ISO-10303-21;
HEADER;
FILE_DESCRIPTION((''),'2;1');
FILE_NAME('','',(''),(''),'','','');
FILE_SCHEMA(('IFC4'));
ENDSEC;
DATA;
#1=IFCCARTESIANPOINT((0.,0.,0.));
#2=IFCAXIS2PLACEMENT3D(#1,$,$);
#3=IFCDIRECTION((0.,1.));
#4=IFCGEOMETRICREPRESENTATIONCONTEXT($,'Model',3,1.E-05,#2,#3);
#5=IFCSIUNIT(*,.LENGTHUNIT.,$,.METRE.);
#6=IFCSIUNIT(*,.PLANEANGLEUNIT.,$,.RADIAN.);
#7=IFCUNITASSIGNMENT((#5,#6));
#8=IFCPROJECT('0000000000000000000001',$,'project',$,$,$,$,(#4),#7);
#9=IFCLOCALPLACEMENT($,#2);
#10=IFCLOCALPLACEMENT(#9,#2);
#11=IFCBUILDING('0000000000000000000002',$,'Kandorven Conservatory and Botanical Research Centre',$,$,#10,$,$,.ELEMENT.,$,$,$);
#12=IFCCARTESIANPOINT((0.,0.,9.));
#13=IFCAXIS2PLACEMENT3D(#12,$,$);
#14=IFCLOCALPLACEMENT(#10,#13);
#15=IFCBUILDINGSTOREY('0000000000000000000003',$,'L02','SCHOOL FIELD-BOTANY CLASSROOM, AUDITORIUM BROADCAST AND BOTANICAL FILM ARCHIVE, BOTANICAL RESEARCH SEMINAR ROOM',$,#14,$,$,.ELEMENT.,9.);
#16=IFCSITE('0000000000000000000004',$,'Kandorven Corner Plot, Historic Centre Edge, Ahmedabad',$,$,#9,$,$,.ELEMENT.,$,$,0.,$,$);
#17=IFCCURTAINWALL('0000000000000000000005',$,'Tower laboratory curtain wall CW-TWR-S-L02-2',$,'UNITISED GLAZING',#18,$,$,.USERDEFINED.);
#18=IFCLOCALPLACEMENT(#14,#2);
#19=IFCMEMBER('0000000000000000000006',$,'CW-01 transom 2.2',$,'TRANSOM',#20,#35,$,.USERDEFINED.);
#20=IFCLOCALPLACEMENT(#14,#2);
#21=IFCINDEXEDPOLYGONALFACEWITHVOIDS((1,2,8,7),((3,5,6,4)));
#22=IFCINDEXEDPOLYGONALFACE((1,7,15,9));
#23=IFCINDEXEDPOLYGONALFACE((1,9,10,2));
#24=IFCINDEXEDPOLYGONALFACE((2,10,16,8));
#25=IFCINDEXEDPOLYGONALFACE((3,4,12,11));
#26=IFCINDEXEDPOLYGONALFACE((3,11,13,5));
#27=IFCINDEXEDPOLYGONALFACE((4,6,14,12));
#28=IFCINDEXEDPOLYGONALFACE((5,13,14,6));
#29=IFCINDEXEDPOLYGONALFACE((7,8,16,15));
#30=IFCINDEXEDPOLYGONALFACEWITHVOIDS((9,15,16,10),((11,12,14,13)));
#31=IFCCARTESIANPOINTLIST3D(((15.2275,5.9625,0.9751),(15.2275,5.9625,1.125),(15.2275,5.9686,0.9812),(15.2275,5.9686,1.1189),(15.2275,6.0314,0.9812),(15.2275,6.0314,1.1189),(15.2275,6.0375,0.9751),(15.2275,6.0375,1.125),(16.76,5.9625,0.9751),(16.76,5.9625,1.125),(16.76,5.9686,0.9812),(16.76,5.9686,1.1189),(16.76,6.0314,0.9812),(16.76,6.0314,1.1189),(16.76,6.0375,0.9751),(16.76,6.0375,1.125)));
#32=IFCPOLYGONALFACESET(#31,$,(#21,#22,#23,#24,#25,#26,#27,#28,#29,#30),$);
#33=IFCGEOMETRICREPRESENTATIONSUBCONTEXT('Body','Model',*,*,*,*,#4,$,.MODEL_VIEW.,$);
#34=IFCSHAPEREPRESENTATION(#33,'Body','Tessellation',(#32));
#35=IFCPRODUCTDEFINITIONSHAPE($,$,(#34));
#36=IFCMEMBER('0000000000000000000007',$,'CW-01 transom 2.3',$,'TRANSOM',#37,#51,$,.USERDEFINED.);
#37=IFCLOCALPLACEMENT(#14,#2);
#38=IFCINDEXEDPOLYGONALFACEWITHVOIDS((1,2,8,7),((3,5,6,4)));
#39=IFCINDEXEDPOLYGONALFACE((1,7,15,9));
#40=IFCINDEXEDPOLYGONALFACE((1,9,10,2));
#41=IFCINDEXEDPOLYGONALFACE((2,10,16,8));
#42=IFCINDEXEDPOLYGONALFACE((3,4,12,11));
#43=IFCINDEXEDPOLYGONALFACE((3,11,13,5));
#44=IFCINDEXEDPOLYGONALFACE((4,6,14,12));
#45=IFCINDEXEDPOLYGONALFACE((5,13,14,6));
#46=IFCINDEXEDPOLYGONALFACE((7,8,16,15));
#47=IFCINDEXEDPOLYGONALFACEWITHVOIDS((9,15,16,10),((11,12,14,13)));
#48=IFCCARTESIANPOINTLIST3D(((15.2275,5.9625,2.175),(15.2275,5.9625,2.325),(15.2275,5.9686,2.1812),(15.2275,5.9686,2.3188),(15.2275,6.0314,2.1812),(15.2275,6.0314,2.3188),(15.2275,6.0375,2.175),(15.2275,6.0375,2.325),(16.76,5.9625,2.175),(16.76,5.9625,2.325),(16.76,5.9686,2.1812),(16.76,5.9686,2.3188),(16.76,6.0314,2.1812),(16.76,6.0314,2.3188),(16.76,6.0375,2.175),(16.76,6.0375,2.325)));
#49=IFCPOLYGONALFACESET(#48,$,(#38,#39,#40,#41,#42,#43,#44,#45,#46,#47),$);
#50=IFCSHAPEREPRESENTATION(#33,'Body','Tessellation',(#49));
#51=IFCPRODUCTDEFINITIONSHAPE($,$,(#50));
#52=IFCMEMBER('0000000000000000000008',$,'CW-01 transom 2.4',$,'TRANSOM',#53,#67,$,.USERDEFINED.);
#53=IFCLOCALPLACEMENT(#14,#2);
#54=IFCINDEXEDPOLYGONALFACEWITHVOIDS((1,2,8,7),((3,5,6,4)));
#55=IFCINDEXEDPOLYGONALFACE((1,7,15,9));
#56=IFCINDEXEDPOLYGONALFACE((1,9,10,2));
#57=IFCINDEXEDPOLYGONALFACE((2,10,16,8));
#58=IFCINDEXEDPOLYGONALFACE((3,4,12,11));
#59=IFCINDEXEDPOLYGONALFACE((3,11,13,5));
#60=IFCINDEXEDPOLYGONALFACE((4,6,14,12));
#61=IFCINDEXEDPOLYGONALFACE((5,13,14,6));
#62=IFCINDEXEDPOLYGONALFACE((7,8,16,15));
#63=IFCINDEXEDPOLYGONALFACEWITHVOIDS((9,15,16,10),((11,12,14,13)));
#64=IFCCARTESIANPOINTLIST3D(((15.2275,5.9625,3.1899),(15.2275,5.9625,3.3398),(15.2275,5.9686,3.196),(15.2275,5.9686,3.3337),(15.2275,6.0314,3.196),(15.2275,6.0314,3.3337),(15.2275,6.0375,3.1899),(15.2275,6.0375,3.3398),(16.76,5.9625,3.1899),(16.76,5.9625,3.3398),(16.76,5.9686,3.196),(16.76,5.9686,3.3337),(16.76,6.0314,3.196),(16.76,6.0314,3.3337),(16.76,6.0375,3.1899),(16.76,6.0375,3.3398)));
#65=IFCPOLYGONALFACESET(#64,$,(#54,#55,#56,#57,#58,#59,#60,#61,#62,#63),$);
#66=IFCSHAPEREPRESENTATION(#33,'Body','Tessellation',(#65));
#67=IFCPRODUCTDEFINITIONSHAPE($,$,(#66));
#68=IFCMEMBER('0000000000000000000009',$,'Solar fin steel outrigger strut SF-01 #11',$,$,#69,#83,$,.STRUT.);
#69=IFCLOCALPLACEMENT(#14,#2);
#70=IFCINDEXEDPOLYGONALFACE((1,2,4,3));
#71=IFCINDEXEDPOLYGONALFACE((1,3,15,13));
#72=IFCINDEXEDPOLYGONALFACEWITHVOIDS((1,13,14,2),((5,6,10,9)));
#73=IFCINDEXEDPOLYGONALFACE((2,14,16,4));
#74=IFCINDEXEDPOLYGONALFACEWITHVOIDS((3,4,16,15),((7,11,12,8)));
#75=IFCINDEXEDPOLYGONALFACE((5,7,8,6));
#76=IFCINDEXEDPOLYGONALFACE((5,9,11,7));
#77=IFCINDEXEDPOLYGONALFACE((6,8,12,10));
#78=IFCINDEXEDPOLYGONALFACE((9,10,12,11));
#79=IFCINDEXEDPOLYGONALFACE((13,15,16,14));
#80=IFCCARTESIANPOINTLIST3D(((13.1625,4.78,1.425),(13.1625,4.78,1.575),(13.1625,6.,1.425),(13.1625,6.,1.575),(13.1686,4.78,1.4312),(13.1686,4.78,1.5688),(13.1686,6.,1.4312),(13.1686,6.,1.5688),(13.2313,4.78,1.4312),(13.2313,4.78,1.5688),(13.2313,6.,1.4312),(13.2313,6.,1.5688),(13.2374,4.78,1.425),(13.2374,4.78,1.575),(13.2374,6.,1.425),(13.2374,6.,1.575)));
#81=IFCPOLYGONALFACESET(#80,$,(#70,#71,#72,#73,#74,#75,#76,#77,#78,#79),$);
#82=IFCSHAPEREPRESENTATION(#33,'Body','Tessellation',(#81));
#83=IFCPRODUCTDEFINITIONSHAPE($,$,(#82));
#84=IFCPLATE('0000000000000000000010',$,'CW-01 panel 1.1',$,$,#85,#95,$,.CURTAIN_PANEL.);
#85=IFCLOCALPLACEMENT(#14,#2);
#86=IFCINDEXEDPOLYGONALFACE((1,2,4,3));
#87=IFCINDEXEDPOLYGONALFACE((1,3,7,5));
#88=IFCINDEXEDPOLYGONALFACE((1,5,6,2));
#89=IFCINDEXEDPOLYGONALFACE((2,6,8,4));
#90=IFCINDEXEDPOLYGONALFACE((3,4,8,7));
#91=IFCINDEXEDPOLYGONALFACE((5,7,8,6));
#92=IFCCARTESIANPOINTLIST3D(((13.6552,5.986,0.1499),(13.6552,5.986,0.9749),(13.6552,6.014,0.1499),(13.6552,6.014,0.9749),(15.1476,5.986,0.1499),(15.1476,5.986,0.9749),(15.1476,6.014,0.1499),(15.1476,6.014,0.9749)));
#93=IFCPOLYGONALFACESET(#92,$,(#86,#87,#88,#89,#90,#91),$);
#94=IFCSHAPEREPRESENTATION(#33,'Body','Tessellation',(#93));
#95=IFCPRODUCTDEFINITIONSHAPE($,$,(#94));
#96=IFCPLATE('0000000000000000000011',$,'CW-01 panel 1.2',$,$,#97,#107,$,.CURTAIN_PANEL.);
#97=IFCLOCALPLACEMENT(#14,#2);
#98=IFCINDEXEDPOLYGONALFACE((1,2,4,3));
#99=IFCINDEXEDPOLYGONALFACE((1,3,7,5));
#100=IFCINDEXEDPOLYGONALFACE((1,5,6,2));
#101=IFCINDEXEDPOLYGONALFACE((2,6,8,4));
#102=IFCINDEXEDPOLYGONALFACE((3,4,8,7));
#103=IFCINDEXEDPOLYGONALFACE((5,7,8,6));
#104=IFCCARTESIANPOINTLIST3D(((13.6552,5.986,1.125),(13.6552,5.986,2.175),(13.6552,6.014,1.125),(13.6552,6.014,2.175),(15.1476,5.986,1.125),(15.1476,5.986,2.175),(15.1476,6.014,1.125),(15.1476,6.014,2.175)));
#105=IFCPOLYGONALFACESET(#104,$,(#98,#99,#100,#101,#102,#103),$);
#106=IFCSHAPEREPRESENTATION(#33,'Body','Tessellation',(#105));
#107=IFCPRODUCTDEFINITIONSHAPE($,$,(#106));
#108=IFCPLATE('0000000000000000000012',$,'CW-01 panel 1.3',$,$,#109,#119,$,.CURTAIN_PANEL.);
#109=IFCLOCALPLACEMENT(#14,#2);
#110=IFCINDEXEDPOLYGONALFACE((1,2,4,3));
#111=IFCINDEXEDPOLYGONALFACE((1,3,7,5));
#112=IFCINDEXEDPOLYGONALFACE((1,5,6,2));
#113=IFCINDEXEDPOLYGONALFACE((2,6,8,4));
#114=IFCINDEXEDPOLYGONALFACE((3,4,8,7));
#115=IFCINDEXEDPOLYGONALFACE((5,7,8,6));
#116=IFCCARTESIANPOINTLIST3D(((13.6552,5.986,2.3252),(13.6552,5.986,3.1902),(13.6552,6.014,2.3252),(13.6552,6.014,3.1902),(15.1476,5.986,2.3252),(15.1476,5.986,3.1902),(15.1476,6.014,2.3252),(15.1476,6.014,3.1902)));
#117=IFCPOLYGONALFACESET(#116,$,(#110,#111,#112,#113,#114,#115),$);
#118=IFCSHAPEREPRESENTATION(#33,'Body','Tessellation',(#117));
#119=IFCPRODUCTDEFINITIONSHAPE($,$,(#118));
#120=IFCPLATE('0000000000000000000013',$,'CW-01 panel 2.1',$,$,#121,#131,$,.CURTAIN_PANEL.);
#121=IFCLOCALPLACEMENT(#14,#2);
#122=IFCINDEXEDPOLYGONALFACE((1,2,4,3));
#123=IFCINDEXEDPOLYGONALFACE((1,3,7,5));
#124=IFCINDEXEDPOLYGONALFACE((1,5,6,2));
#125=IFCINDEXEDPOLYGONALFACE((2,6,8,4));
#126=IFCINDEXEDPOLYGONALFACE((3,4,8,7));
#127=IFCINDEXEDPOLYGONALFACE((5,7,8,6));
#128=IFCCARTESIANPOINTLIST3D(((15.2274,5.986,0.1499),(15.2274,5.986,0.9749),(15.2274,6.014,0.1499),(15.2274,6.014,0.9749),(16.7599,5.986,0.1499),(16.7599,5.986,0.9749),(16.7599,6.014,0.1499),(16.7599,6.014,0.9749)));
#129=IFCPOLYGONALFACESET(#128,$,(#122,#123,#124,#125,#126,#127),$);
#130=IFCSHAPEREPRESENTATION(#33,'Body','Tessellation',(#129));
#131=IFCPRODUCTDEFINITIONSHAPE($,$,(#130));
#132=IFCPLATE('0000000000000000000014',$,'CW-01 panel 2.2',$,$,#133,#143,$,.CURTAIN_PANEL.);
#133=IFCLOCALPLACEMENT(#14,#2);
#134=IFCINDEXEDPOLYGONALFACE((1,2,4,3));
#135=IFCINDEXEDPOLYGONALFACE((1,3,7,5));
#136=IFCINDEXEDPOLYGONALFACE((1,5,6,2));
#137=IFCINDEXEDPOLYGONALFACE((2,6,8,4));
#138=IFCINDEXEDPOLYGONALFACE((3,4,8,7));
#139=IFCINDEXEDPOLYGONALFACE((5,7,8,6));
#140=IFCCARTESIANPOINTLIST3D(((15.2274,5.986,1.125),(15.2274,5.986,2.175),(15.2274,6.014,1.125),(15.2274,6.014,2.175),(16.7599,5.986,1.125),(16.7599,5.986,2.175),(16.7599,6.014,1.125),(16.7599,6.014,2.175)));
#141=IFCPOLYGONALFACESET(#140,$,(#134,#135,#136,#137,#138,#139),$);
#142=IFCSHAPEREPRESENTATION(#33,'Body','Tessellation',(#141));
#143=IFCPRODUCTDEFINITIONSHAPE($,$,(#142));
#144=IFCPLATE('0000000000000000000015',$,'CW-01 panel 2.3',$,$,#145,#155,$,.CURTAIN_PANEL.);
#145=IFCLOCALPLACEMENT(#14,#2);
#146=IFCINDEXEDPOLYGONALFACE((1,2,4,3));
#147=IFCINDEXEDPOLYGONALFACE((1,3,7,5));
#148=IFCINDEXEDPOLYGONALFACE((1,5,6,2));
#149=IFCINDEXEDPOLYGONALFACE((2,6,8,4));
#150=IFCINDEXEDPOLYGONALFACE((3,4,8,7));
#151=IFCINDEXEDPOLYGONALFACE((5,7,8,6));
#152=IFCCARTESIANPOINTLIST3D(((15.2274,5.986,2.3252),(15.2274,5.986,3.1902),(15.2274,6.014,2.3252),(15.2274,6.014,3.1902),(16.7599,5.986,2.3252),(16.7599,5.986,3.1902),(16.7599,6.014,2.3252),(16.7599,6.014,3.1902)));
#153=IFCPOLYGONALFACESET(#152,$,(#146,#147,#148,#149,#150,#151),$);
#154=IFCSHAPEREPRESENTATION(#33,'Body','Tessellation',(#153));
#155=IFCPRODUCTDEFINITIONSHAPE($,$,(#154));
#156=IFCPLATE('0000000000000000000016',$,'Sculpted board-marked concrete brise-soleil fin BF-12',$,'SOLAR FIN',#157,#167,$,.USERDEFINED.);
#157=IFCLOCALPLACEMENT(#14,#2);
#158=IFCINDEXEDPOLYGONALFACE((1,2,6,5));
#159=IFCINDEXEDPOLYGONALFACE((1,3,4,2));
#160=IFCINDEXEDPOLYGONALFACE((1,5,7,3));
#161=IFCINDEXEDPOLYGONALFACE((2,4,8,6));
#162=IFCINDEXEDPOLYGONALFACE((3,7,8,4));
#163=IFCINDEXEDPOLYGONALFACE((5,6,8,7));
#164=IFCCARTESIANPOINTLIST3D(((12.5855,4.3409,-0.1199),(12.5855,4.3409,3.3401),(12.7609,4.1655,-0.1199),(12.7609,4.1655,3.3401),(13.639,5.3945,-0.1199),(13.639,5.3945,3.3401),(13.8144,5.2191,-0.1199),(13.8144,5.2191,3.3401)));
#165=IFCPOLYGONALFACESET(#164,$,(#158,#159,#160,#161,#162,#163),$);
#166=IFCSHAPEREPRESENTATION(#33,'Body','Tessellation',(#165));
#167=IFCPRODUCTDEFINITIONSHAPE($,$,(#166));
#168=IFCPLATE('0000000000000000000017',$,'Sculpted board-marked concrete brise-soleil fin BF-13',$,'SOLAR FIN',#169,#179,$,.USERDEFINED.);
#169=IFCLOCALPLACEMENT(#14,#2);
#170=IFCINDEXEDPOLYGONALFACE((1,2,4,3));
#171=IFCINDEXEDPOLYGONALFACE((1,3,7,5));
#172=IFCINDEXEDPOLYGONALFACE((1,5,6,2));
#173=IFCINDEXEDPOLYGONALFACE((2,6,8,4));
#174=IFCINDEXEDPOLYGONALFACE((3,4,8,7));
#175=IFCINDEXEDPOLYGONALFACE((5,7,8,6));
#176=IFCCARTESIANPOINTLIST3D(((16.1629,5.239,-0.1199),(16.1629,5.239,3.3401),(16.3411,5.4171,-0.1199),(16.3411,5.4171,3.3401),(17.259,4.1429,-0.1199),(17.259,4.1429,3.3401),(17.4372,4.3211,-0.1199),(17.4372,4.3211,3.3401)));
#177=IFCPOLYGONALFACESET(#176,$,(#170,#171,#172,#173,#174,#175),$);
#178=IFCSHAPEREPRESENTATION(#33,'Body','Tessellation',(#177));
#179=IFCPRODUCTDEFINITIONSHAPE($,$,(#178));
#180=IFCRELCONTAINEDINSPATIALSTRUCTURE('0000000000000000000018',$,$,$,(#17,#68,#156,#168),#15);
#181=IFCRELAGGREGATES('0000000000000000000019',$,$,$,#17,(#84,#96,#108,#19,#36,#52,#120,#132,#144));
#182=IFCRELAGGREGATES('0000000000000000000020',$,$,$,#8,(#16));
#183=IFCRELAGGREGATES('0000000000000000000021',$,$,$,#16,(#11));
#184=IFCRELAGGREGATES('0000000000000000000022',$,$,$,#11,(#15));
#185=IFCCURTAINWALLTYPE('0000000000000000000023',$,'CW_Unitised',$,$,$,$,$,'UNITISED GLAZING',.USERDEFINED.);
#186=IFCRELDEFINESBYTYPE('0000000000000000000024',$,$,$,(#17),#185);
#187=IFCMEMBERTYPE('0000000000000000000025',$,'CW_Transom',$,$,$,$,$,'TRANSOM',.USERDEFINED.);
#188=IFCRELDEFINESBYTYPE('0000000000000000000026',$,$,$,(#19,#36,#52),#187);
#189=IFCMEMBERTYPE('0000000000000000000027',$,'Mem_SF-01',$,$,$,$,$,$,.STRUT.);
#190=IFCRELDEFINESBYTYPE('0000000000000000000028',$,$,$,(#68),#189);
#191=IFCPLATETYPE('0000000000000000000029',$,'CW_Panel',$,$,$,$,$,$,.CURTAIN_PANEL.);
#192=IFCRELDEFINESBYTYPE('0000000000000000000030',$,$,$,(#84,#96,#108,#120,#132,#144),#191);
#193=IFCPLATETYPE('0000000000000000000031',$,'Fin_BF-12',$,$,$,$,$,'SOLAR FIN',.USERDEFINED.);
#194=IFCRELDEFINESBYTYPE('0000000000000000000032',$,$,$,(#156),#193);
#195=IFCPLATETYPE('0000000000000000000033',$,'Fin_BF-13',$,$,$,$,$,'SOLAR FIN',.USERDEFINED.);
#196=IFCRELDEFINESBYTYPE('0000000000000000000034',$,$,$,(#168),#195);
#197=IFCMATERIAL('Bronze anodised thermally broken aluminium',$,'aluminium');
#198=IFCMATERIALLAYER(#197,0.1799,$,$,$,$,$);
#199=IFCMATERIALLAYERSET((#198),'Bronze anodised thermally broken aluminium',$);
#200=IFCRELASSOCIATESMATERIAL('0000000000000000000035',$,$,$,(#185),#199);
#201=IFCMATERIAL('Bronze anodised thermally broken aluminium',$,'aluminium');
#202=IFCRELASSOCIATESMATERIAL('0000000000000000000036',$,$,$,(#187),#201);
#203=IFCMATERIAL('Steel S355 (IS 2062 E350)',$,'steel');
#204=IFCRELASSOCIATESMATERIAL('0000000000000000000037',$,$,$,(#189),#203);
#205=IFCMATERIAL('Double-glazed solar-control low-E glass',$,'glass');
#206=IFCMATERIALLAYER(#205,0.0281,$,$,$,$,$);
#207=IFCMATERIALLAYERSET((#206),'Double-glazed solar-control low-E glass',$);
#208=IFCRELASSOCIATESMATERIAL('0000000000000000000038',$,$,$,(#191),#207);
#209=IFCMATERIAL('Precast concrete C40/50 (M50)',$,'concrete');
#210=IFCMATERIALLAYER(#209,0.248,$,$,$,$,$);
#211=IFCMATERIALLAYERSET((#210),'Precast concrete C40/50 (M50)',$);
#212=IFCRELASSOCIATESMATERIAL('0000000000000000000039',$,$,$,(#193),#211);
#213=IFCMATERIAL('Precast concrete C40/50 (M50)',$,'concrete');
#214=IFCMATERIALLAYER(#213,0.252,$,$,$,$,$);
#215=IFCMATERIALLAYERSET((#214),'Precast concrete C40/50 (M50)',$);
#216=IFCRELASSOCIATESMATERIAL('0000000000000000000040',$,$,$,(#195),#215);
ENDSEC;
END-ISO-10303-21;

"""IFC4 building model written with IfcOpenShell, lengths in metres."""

from ifc_helpers import new_model, si_unit, direction, frame, origin, origin_2d, place, context, subcontext, project, spatial, rectangle, hollow_rectangle, extrude, material, layer, layer_set, material_profile, profile_set, type_object, element, aggregate, save


model = new_model("IFC4")

# Units and contexts
model_context = context("Model", 3, precision=1e-05, world=origin(), true_north=direction((0.0, 1.0)))
body_context = subcontext(model_context, "Body", "Model", "MODEL_VIEW")
ifc_project = project(units=[si_unit("LENGTHUNIT", "METRE"), si_unit("PLANEANGLEUNIT", "RADIAN")], contexts=[model_context])

# Site, building, storey
site_placement = place(None, origin())
site = spatial("IfcSite", under=ifc_project, at=site_placement, Name="Kandorven Corner Plot, Historic Centre Edge, Ahmedabad", CompositionType="ELEMENT", RefElevation=0.0)
building_placement = place(site_placement, origin())
building = spatial("IfcBuilding", under=site, at=building_placement, Name="Kandorven Conservatory and Botanical Research Centre", CompositionType="ELEMENT")
storey_placement = place(building_placement, frame((0.0, 0.0, 9.0)))
storey = spatial("IfcBuildingStorey", under=building, at=storey_placement, Name="L02", Description="SCHOOL FIELD-BOTANY CLASSROOM, AUDITORIUM BROADCAST AND BOTANICAL FILM ARCHIVE, BOTANICAL RESEARCH SEMINAR ROOM", CompositionType="ELEMENT", Elevation=9.0)

# Curtain wall, members
ifc_material_1 = material(Name="Bronze anodised thermally broken aluminium", Category="aluminium")
ifc_layer_1 = layer(ifc_material_1, 0.1799)
ifc_layer_set_1 = layer_set([ifc_layer_1], Name="Bronze anodised thermally broken aluminium")
curtain_wall_type = type_object("IfcCurtainWallType", Name="CW_Unitised", ElementType="UNITISED GLAZING", PredefinedType="USERDEFINED", material=ifc_layer_set_1)
curtain_wall_placement = place(storey_placement, origin())
curtain_wall = element("IfcCurtainWall", 1, at=curtain_wall_placement, inside=storey, type_object=curtain_wall_type, Name="Tower laboratory curtain wall CW-TWR-S-L02-2", ObjectType="UNITISED GLAZING", PredefinedType="USERDEFINED")
ifc_material_2 = material(Name="Bronze anodised thermally broken aluminium", Category="aluminium")
ifc_material_profile_1 = material_profile(ifc_material_2, hollow_rectangle(XDim=0.075, YDim=0.1499, WallThickness=0.0061, at=origin_2d()))
ifc_profile_set_1 = profile_set([ifc_material_profile_1], Name="Bronze anodised thermally broken aluminium")
member_type_1 = type_object("IfcMemberType", Name="CW_Transom", ElementType="TRANSOM", PredefinedType="USERDEFINED", material=ifc_profile_set_1)
member_1_placement = place(storey_placement, frame((15.2275, 6.0, 1.05), z_axis=(1.0, 0.0, 0.0), x_axis=(0.0, 1.0, 0.0)))
member_1 = element("IfcMember", 2, at=member_1_placement, type_object=member_type_1, Name="CW-01 transom 2.2", ObjectType="TRANSOM", PredefinedType="USERDEFINED", context=body_context, shape_type="SweptSolid", body=[
    extrude(hollow_rectangle(XDim=0.075, YDim=0.1499, WallThickness=0.0061, at=origin_2d()), origin(), (0.0, 0.0, 1.0), 1.5325),
])
member_2_placement = place(storey_placement, frame((15.2275, 6.0, 2.25), z_axis=(1.0, 0.0, 0.0), x_axis=(0.0, 1.0, 0.0)))
member_2 = element("IfcMember", 3, at=member_2_placement, type_object=member_type_1, Name="CW-01 transom 2.3", ObjectType="TRANSOM", PredefinedType="USERDEFINED", context=body_context, shape_type="SweptSolid", body=[
    extrude(hollow_rectangle(XDim=0.075, YDim=0.1499, WallThickness=0.0061, at=origin_2d()), origin(), (0.0, 0.0, 1.0), 1.5325),
])
member_3_placement = place(storey_placement, frame((15.2275, 6.0, 3.2649), z_axis=(1.0, 0.0, 0.0), x_axis=(0.0, 1.0, 0.0)))
member_3 = element("IfcMember", 4, at=member_3_placement, type_object=member_type_1, Name="CW-01 transom 2.4", ObjectType="TRANSOM", PredefinedType="USERDEFINED", context=body_context, shape_type="SweptSolid", body=[
    extrude(hollow_rectangle(XDim=0.075, YDim=0.1499, WallThickness=0.0061, at=origin_2d()), origin(), (0.0, 0.0, 1.0), 1.5325),
])

# Member
ifc_material_3 = material(Name="Steel S355 (IS 2062 E350)", Category="steel")
ifc_material_profile_2 = material_profile(ifc_material_3, hollow_rectangle(XDim=0.075, YDim=0.1499, WallThickness=0.0061, at=origin_2d()))
ifc_profile_set_2 = profile_set([ifc_material_profile_2], Name="Steel S355 (IS 2062 E350)")
member_type_2 = type_object("IfcMemberType", Name="Mem_SF-01", PredefinedType="STRUT", material=ifc_profile_set_2)
member_4_placement = place(storey_placement, frame((13.2, 6.0, 1.5), z_axis=(0.0, -1.0, 0.0), x_axis=(1.0, 0.0, 0.0)))
element("IfcMember", 5, at=member_4_placement, inside=storey, type_object=member_type_2, Name="Solar fin steel outrigger strut SF-01 #11", PredefinedType="STRUT", context=body_context, shape_type="SweptSolid", body=[
    extrude(hollow_rectangle(XDim=0.075, YDim=0.1499, WallThickness=0.0061, at=origin_2d()), origin(), (0.0, 0.0, 1.0), 1.22),
])

# Plates
ifc_material_4 = material(Name="Double-glazed solar-control low-E glass", Category="glass")
ifc_layer_2 = layer(ifc_material_4, 0.0281)
ifc_layer_set_2 = layer_set([ifc_layer_2], Name="Double-glazed solar-control low-E glass")
plate_type_1 = type_object("IfcPlateType", Name="CW_Panel", PredefinedType="CURTAIN_PANEL", material=ifc_layer_set_2)
plate_1_placement = place(storey_placement, frame((14.4014, 6.0, 0.1499), z_axis=(0.0, 0.0, 1.0), x_axis=(1.0, 0.0, 0.0)))
plate_1 = element("IfcPlate", 6, at=plate_1_placement, type_object=plate_type_1, Name="CW-01 panel 1.1", PredefinedType="CURTAIN_PANEL", context=body_context, shape_type="SweptSolid", body=[
    extrude(rectangle(XDim=1.4924, YDim=0.0281, at=origin_2d()), origin(), (0.0, 0.0, 1.0), 0.825),
])
plate_2_placement = place(storey_placement, frame((14.4014, 6.0, 1.125), z_axis=(0.0, 0.0, 1.0), x_axis=(1.0, 0.0, 0.0)))
plate_2 = element("IfcPlate", 7, at=plate_2_placement, type_object=plate_type_1, Name="CW-01 panel 1.2", PredefinedType="CURTAIN_PANEL", context=body_context, shape_type="SweptSolid", body=[
    extrude(rectangle(XDim=1.4924, YDim=0.0281, at=origin_2d()), origin(), (0.0, 0.0, 1.0), 1.05),
])
plate_3_placement = place(storey_placement, frame((14.4014, 6.0, 2.3252), z_axis=(0.0, 0.0, 1.0), x_axis=(1.0, 0.0, 0.0)))
plate_3 = element("IfcPlate", 8, at=plate_3_placement, type_object=plate_type_1, Name="CW-01 panel 1.3", PredefinedType="CURTAIN_PANEL", context=body_context, shape_type="SweptSolid", body=[
    extrude(rectangle(XDim=1.4924, YDim=0.0281, at=origin_2d()), origin(), (0.0, 0.0, 1.0), 0.865),
])
plate_4_placement = place(storey_placement, frame((15.9937, 6.0, 0.1499), z_axis=(0.0, 0.0, 1.0), x_axis=(1.0, 0.0, 0.0)))
plate_4 = element("IfcPlate", 9, at=plate_4_placement, type_object=plate_type_1, Name="CW-01 panel 2.1", PredefinedType="CURTAIN_PANEL", context=body_context, shape_type="SweptSolid", body=[
    extrude(rectangle(XDim=1.5325, YDim=0.0281, at=origin_2d()), origin(), (0.0, 0.0, 1.0), 0.825),
])
plate_5_placement = place(storey_placement, frame((15.9937, 6.0, 1.125), z_axis=(0.0, 0.0, 1.0), x_axis=(1.0, 0.0, 0.0)))
plate_5 = element("IfcPlate", 10, at=plate_5_placement, type_object=plate_type_1, Name="CW-01 panel 2.2", PredefinedType="CURTAIN_PANEL", context=body_context, shape_type="SweptSolid", body=[
    extrude(rectangle(XDim=1.5325, YDim=0.0281, at=origin_2d()), origin(), (0.0, 0.0, 1.0), 1.05),
])
plate_6_placement = place(storey_placement, frame((15.9937, 6.0, 2.3252), z_axis=(0.0, 0.0, 1.0), x_axis=(1.0, 0.0, 0.0)))
plate_6 = element("IfcPlate", 11, at=plate_6_placement, type_object=plate_type_1, Name="CW-01 panel 2.3", PredefinedType="CURTAIN_PANEL", context=body_context, shape_type="SweptSolid", body=[
    extrude(rectangle(XDim=1.5325, YDim=0.0281, at=origin_2d()), origin(), (0.0, 0.0, 1.0), 0.865),
])
aggregate(curtain_wall, [plate_1, plate_2, plate_3, member_1, member_2, member_3, plate_4, plate_5, plate_6])

# Plates
ifc_material_5 = material(Name="Precast concrete C40/50 (M50)", Category="concrete")
ifc_layer_3 = layer(ifc_material_5, 0.248)
ifc_layer_set_3 = layer_set([ifc_layer_3], Name="Precast concrete C40/50 (M50)")
plate_type_2 = type_object("IfcPlateType", Name="Fin_BF-12", ElementType="SOLAR FIN", PredefinedType="USERDEFINED", material=ifc_layer_set_3)
plate_7_placement = place(storey_placement, frame((13.2, 4.78, -0.1199), z_axis=(0.0, 0.0, 1.0), x_axis=(0.707107, 0.707107, 0.0)))
element("IfcPlate", 12, at=plate_7_placement, inside=storey, type_object=plate_type_2, Name="Sculpted board-marked concrete brise-soleil fin BF-12", ObjectType="SOLAR FIN", PredefinedType="USERDEFINED", context=body_context, shape_type="SweptSolid", body=[
    extrude(rectangle(XDim=1.49, YDim=0.248, at=origin_2d()), origin(), (0.0, 0.0, 1.0), 3.46),
])
ifc_material_6 = material(Name="Precast concrete C40/50 (M50)", Category="concrete")
ifc_layer_4 = layer(ifc_material_6, 0.252)
ifc_layer_set_4 = layer_set([ifc_layer_4], Name="Precast concrete C40/50 (M50)")
plate_type_3 = type_object("IfcPlateType", Name="Fin_BF-13", ElementType="SOLAR FIN", PredefinedType="USERDEFINED", material=ifc_layer_set_4)
plate_8_placement = place(storey_placement, frame((16.8, 4.78, -0.1199), z_axis=(0.0, 0.0, 1.0), x_axis=(-0.707107, 0.707107, 0.0)))
element("IfcPlate", 13, at=plate_8_placement, inside=storey, type_object=plate_type_3, Name="Sculpted board-marked concrete brise-soleil fin BF-13", ObjectType="SOLAR FIN", PredefinedType="USERDEFINED", context=body_context, shape_type="SweptSolid", body=[
    extrude(rectangle(XDim=1.55, YDim=0.252, at=origin_2d()), origin(), (0.0, 0.0, 1.0), 3.46),
])

save(model, "model.ifc")
